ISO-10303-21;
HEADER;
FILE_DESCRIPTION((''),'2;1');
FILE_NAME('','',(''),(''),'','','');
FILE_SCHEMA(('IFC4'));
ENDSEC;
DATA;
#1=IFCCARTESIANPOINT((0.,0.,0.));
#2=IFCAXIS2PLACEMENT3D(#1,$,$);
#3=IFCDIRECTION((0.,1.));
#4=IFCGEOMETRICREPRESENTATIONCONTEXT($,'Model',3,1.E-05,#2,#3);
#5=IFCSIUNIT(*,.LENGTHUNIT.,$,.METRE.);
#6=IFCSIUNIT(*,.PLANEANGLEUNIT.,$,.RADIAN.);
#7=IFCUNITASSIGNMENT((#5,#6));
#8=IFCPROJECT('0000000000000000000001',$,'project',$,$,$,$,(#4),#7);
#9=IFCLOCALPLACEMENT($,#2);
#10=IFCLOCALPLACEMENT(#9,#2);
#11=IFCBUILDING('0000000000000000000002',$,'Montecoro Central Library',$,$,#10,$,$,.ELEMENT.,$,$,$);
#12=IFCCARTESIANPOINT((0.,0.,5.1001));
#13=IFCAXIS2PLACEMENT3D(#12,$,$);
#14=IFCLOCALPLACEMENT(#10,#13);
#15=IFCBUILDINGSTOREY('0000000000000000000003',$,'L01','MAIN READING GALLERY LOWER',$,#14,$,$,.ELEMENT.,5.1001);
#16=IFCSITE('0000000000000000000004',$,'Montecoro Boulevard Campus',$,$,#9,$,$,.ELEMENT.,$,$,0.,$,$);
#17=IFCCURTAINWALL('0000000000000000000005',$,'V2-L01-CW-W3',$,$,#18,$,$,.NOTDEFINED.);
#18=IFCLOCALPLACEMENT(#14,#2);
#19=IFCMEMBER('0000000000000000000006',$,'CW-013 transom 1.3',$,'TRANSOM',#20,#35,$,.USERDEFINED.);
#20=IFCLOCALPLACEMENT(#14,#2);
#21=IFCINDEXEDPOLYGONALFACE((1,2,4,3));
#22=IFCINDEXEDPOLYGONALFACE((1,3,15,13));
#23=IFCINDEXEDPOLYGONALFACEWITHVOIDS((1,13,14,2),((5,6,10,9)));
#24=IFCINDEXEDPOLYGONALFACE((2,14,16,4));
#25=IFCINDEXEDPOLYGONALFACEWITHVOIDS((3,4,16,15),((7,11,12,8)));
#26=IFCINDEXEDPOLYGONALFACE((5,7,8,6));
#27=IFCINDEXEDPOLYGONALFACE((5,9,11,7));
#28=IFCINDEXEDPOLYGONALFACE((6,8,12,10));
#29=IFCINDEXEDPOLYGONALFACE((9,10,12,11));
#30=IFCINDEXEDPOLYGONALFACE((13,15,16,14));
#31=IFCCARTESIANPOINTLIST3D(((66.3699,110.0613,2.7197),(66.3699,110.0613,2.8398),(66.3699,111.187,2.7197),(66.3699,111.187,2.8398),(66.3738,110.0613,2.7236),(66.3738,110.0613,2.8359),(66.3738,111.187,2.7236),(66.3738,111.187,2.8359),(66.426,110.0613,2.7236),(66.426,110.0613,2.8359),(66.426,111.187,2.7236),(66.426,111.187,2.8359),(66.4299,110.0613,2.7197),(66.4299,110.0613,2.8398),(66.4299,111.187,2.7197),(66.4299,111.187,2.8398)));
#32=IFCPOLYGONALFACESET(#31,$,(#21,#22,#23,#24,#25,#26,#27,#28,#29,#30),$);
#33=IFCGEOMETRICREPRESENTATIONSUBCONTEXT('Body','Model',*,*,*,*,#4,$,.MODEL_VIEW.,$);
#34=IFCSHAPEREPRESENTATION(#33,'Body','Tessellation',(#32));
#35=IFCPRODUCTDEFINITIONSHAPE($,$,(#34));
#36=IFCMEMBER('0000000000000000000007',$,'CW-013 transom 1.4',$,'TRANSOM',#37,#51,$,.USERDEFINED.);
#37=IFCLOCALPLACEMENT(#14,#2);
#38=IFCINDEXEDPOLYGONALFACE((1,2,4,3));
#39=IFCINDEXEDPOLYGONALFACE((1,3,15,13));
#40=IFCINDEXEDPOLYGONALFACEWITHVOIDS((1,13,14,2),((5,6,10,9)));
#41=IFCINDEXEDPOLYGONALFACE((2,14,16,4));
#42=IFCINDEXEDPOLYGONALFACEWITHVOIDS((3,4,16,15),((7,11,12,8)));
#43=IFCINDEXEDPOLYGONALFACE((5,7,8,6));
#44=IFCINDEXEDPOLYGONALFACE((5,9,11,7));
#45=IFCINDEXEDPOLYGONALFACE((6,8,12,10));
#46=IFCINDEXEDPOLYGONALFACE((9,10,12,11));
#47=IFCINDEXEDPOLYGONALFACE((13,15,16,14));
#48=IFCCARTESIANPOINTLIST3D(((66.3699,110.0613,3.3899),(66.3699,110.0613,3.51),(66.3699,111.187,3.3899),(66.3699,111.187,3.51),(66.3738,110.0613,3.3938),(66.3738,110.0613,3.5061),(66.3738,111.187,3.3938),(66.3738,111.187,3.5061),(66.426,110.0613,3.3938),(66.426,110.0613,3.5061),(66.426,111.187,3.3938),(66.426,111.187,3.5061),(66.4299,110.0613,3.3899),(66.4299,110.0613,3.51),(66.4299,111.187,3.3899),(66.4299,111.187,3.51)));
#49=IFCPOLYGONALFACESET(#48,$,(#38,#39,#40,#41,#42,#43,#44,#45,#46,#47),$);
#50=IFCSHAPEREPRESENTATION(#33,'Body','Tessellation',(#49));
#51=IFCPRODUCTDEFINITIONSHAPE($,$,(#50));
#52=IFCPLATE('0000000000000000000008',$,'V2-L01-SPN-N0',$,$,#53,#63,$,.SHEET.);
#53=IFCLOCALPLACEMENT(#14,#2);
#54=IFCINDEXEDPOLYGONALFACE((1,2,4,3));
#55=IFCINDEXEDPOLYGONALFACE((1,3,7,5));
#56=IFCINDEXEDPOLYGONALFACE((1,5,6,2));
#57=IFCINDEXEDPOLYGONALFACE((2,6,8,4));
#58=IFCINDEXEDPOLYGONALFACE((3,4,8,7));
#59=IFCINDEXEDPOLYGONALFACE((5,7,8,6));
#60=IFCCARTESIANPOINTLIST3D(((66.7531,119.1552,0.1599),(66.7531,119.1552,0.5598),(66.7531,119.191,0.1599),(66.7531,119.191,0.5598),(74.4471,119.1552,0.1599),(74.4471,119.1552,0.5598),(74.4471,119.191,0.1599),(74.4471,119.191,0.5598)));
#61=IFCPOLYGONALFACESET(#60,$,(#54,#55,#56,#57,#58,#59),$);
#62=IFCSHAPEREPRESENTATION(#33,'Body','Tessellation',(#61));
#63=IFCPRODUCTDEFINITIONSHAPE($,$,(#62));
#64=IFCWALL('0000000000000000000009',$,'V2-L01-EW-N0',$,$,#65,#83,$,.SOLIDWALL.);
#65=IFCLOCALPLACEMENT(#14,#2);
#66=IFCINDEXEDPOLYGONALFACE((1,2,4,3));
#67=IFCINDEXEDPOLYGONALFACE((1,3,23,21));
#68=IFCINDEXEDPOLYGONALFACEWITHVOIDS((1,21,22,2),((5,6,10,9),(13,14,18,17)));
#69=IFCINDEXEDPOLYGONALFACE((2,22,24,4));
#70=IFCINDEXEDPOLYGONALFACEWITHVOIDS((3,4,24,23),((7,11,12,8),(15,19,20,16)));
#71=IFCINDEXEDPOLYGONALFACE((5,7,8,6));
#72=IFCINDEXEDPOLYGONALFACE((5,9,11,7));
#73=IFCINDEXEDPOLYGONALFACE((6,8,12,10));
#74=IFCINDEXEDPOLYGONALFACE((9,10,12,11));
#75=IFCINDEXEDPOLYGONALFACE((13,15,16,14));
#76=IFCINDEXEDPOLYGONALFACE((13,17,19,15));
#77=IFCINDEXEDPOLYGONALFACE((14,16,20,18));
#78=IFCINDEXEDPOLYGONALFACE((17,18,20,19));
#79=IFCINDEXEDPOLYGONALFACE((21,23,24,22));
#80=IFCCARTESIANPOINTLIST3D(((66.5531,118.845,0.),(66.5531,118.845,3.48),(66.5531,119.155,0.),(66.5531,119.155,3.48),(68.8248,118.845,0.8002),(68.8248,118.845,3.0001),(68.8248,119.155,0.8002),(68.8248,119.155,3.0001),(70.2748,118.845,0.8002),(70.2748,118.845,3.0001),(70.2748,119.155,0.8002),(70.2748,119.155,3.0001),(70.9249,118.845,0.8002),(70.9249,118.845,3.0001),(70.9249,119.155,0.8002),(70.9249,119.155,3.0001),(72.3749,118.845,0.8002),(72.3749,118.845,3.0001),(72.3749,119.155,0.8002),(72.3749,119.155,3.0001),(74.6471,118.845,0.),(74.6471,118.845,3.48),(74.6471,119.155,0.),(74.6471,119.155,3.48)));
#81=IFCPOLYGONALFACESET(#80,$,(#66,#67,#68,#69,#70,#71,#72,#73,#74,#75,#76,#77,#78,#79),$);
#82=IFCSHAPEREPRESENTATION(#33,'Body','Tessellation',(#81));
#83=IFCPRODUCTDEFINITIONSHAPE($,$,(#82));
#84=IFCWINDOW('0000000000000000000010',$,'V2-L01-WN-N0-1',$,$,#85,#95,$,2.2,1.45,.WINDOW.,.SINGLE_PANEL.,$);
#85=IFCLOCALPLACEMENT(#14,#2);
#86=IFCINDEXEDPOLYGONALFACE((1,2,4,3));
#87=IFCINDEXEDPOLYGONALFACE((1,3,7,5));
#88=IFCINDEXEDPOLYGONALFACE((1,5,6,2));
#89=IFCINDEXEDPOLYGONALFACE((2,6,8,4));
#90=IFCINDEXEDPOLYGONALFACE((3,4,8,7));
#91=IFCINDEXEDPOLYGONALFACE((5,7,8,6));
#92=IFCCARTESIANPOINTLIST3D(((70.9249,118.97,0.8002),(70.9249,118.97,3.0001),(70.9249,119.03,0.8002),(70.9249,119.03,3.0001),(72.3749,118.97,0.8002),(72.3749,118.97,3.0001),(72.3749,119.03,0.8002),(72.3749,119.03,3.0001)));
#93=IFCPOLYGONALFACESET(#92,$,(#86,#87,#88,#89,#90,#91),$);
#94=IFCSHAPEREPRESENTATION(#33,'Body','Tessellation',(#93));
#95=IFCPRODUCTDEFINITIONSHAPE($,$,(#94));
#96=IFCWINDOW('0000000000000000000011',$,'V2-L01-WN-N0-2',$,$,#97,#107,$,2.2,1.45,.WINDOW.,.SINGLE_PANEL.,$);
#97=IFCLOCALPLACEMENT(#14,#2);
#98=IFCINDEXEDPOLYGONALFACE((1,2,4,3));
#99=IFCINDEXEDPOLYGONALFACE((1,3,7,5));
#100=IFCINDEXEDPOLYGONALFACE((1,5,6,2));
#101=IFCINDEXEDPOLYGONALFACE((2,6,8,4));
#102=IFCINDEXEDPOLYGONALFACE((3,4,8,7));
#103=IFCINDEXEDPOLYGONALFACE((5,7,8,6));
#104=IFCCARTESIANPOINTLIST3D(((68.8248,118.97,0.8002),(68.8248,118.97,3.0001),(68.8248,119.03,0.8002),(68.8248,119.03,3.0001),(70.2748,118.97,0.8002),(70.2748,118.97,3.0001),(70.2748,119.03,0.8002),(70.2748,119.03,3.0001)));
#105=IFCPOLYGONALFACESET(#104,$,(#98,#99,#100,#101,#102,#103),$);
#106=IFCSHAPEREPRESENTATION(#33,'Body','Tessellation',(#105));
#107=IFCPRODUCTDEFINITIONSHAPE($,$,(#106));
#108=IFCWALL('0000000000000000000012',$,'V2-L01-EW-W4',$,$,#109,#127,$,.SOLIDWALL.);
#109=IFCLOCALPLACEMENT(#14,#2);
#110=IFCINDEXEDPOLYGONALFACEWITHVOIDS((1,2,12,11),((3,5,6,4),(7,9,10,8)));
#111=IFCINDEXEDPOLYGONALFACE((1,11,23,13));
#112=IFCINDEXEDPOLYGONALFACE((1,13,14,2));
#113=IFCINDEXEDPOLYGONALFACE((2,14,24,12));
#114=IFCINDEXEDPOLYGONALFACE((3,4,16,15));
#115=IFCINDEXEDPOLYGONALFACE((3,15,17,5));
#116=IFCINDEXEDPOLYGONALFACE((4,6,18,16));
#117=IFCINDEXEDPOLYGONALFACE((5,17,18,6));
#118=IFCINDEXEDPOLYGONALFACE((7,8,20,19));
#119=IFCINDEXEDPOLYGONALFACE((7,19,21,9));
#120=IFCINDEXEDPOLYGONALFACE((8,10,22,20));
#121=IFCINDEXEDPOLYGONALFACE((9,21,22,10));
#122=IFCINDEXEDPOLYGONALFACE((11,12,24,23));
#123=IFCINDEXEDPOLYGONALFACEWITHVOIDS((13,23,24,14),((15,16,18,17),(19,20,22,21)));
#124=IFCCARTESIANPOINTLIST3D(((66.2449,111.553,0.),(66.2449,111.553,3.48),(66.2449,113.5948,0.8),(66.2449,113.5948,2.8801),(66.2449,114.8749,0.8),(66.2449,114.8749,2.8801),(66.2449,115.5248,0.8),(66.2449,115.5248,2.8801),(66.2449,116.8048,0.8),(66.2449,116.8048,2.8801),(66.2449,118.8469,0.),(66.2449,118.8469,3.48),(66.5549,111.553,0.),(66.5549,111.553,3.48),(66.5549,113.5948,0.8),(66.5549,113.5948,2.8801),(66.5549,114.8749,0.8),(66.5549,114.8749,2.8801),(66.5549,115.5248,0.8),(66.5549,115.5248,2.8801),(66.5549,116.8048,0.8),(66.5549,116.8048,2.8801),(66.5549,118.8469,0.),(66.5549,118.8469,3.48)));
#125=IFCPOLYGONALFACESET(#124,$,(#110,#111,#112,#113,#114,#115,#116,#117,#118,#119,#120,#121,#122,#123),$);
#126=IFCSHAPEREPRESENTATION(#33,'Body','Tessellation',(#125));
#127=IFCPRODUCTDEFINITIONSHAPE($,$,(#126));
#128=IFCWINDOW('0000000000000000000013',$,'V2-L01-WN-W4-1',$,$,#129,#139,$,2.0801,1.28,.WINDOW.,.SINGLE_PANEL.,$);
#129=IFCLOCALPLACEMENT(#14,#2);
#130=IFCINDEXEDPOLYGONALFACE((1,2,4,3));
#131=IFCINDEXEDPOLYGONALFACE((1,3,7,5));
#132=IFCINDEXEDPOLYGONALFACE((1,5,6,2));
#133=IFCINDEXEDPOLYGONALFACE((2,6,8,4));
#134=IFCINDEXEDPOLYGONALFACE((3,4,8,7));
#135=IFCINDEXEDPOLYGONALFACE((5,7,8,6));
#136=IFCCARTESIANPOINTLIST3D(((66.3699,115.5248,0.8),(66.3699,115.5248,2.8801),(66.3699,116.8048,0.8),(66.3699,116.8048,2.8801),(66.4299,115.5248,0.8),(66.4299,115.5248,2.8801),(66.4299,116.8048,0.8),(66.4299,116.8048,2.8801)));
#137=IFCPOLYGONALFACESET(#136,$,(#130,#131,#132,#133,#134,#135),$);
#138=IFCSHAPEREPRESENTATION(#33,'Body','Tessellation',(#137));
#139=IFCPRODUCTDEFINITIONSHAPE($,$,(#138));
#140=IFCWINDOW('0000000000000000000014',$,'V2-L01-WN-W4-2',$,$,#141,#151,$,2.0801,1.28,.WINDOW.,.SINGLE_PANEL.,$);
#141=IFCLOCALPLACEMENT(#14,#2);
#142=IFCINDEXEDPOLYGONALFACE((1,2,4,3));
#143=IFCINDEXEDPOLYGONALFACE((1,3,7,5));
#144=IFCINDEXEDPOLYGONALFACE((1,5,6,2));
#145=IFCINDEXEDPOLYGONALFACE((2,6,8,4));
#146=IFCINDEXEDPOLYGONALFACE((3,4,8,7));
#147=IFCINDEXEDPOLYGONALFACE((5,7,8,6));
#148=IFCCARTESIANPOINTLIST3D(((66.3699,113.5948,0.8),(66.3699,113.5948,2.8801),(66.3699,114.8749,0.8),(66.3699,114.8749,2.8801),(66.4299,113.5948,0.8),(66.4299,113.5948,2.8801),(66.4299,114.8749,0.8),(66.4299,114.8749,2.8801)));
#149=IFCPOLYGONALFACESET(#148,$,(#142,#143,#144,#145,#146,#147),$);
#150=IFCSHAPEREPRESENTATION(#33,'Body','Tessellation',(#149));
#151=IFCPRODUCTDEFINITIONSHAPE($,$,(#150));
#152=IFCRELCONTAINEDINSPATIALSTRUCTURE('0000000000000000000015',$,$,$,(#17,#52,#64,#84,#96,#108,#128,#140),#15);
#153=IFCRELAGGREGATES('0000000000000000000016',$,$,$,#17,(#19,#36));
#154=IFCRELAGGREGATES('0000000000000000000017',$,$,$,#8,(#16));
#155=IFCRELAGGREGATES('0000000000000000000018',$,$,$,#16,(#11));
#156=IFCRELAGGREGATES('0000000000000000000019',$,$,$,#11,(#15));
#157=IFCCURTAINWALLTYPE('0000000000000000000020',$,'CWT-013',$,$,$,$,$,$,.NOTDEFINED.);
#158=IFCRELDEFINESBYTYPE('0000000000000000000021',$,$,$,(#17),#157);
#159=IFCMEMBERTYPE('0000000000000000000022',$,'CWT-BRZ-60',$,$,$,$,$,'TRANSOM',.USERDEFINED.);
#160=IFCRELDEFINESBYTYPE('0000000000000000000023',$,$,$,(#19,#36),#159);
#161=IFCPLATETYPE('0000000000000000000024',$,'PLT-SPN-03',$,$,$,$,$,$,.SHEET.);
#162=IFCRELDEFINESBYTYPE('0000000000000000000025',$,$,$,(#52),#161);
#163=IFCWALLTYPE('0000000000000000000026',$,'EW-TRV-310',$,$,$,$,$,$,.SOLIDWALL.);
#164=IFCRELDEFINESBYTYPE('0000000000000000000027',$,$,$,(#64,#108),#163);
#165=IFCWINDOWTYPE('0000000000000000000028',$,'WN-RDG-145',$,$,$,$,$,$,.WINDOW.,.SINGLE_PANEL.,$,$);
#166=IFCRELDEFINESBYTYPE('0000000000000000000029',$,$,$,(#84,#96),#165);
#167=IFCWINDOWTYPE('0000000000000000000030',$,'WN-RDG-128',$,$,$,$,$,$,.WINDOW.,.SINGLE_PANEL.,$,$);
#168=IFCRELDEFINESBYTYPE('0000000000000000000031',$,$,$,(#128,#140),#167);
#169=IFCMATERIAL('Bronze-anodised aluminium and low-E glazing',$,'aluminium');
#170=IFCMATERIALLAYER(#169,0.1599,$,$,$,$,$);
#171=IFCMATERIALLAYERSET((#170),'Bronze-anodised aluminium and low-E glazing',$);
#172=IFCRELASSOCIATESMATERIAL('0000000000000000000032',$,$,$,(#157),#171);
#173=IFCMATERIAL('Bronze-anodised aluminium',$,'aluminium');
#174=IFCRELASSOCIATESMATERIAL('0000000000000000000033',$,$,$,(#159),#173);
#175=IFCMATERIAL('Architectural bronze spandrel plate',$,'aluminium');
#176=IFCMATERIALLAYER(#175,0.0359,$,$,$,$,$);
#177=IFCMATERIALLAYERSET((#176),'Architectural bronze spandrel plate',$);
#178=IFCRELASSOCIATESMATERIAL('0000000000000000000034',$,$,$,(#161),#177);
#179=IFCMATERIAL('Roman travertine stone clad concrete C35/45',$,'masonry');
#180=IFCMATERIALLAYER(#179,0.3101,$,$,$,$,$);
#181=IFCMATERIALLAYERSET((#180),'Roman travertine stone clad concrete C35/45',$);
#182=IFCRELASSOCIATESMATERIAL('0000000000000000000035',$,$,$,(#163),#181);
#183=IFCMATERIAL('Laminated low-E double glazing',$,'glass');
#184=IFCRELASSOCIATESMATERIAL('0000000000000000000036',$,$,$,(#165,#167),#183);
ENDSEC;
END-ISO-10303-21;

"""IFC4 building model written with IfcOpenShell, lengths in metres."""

from ifc_helpers import new_model, si_unit, direction, frame, frame_2d, origin, origin_2d, place, context, subcontext, project, spatial, rectangle, hollow_rectangle, extrude, material, layer, layer_set, material_profile, profile_set, type_object, element, fill, aggregate, save


model = new_model("IFC4")

# Units and contexts
model_context = context("Model", 3, precision=1e-05, world=origin(), true_north=direction((0.0, 1.0)))
body_context = subcontext(model_context, "Body", "Model", "MODEL_VIEW")
ifc_project = project(units=[si_unit("LENGTHUNIT", "METRE"), si_unit("PLANEANGLEUNIT", "RADIAN")], contexts=[model_context])

# Site, building, storey
site_placement = place(None, origin())
site = spatial("IfcSite", under=ifc_project, at=site_placement, Name="Montecoro Boulevard Campus", CompositionType="ELEMENT", RefElevation=0.0)
building_placement = place(site_placement, origin())
building = spatial("IfcBuilding", under=site, at=building_placement, Name="Montecoro Central Library", CompositionType="ELEMENT")
storey_placement = place(building_placement, frame((0.0, 0.0, 5.1001)))
storey = spatial("IfcBuildingStorey", under=building, at=storey_placement, Name="L01", Description="MAIN READING GALLERY LOWER", CompositionType="ELEMENT", Elevation=5.1001)

# Curtain wall, members
ifc_material_1 = material(Name="Bronze-anodised aluminium and low-E glazing", Category="aluminium")
ifc_layer_1 = layer(ifc_material_1, 0.1599)
ifc_layer_set_1 = layer_set([ifc_layer_1], Name="Bronze-anodised aluminium and low-E glazing")
curtain_wall_type = type_object("IfcCurtainWallType", Name="CWT-013", PredefinedType="NOTDEFINED", material=ifc_layer_set_1)
curtain_wall_placement = place(storey_placement, origin())
curtain_wall = element("IfcCurtainWall", 1, at=curtain_wall_placement, inside=storey, type_object=curtain_wall_type, Name="V2-L01-CW-W3", PredefinedType="NOTDEFINED")
ifc_material_2 = material(Name="Bronze-anodised aluminium", Category="aluminium")
ifc_material_profile_1 = material_profile(ifc_material_2, hollow_rectangle(XDim=0.0601, YDim=0.1201, WallThickness=0.0039, at=origin_2d()), Name="CWT 120x60x4.0")
ifc_profile_set_1 = profile_set([ifc_material_profile_1], Name="Bronze-anodised aluminium")
member_type_1 = type_object("IfcMemberType", Name="CWT-BRZ-60", ElementType="TRANSOM", PredefinedType="USERDEFINED", material=ifc_profile_set_1)
member_1_placement = place(storey_placement, frame((66.3999, 111.187, 2.7798), z_axis=(0.0, -1.0, 0.0), x_axis=(1.0, 0.0, 0.0)))
member_1 = element("IfcMember", 2, at=member_1_placement, type_object=member_type_1, Name="CW-013 transom 1.3", ObjectType="TRANSOM", PredefinedType="USERDEFINED", context=body_context, shape_type="SweptSolid", body=[
    extrude(hollow_rectangle(XDim=0.0601, YDim=0.1201, WallThickness=0.0039, at=origin_2d()), origin(), (0.0, 0.0, 1.0), 1.1257),
])
member_2_placement = place(storey_placement, frame((66.3999, 111.187, 3.45), z_axis=(0.0, -1.0, 0.0), x_axis=(1.0, 0.0, 0.0)))
member_2 = element("IfcMember", 3, at=member_2_placement, type_object=member_type_1, Name="CW-013 transom 1.4", ObjectType="TRANSOM", PredefinedType="USERDEFINED", context=body_context, shape_type="SweptSolid", body=[
    extrude(hollow_rectangle(XDim=0.0601, YDim=0.1201, WallThickness=0.0039, at=origin_2d()), origin(), (0.0, 0.0, 1.0), 1.1257),
])
aggregate(curtain_wall, [member_1, member_2])

# Plate
ifc_material_3 = material(Name="Architectural bronze spandrel plate", Category="aluminium")
ifc_layer_2 = layer(ifc_material_3, 0.0359)
ifc_layer_set_2 = layer_set([ifc_layer_2], Name="Architectural bronze spandrel plate")
plate_type = type_object("IfcPlateType", Name="PLT-SPN-03", PredefinedType="SHEET", material=ifc_layer_set_2)
plate_placement = place(storey_placement, frame((70.6001, 119.1731, 0.1599), z_axis=(0.0, 0.0, 1.0), x_axis=(-1.0, 0.0, 0.0)))
element("IfcPlate", 4, at=plate_placement, inside=storey, type_object=plate_type, Name="V2-L01-SPN-N0", PredefinedType="SHEET", context=body_context, shape_type="SweptSolid", body=[
    extrude(rectangle(XDim=7.6941, YDim=0.0359, at=origin_2d()), origin(), (0.0, 0.0, 1.0), 0.3999),
])

# Walls, openings, windows
ifc_material_4 = material(Name="Roman travertine stone clad concrete C35/45", Category="masonry")
ifc_layer_3 = layer(ifc_material_4, 0.3101)
ifc_layer_set_3 = layer_set([ifc_layer_3], Name="Roman travertine stone clad concrete C35/45")
wall_type_1 = type_object("IfcWallType", Name="EW-TRV-310", PredefinedType="SOLIDWALL", material=ifc_layer_set_3)
wall_1_placement = place(storey_placement, frame((74.647, 119.0, 0.0), z_axis=(0.0, 0.0, 1.0), x_axis=(-1.0, 0.0, 0.0)))
wall_1 = element("IfcWall", 5, at=wall_1_placement, inside=storey, type_object=wall_type_1, Name="V2-L01-EW-N0", PredefinedType="SOLIDWALL", context=body_context, shape_type="SweptSolid", body=[
    extrude(rectangle(XDim=8.094, YDim=0.3101, at=frame_2d((4.0469, 0.0))), origin(), (0.0, 0.0, 1.0), 3.48),
])
opening_1_placement = place(wall_1_placement, frame((2.272, 0.0, 0.8)))
opening_1 = element("IfcOpeningElement", 6, at=opening_1_placement, cuts=wall_1, PredefinedType="OPENING", context=body_context, shape_type="SweptSolid", body=[
    extrude(rectangle(XDim=1.45, YDim=2.2, at=frame_2d((0.7251, 1.1001))), frame((0.0, 0.165, 0.0), z_axis=(0.0, -1.0, 0.0), x_axis=(1.0, 0.0, 0.0)), (0.0, 0.0, 1.0), 0.3301),
])
opening_2_placement = place(wall_1_placement, frame((4.3721, 0.0, 0.8)))
opening_2 = element("IfcOpeningElement", 7, at=opening_2_placement, cuts=wall_1, PredefinedType="OPENING", context=body_context, shape_type="SweptSolid", body=[
    extrude(rectangle(XDim=1.45, YDim=2.2, at=frame_2d((0.7251, 1.1001))), frame((0.0, 0.165, 0.0), z_axis=(0.0, -1.0, 0.0), x_axis=(1.0, 0.0, 0.0)), (0.0, 0.0, 1.0), 0.3301),
])
ifc_material_5 = material(Name="Laminated low-E double glazing", Category="glass")
window_type_1 = type_object("IfcWindowType", Name="WN-RDG-145", PartitioningType="SINGLE_PANEL", PredefinedType="WINDOW", material=ifc_material_5)
window_1_placement = place(opening_1_placement, origin())
window_1 = element("IfcWindow", 8, at=window_1_placement, inside=storey, type_object=window_type_1, Name="V2-L01-WN-N0-1", OverallHeight=2.2, OverallWidth=1.45, PartitioningType="SINGLE_PANEL", PredefinedType="WINDOW", context=body_context, shape_type="SweptSolid", body=[
    extrude(rectangle(XDim=1.45, YDim=2.2, at=frame_2d((0.7251, 1.1001))), frame((0.0, 0.03, 0.0), z_axis=(0.0, -1.0, 0.0), x_axis=(1.0, 0.0, 0.0)), (0.0, 0.0, 1.0), 0.0601),
])
fill(opening_1, window_1)
window_2_placement = place(opening_2_placement, origin())
window_2 = element("IfcWindow", 9, at=window_2_placement, inside=storey, type_object=window_type_1, Name="V2-L01-WN-N0-2", OverallHeight=2.2, OverallWidth=1.45, PartitioningType="SINGLE_PANEL", PredefinedType="WINDOW", context=body_context, shape_type="SweptSolid", body=[
    extrude(rectangle(XDim=1.45, YDim=2.2, at=frame_2d((0.7251, 1.1001))), frame((0.0, 0.03, 0.0), z_axis=(0.0, -1.0, 0.0), x_axis=(1.0, 0.0, 0.0)), (0.0, 0.0, 1.0), 0.0601),
])
fill(opening_2, window_2)
wall_2_placement = place(storey_placement, frame((66.3999, 118.8469, 0.0), z_axis=(0.0, 0.0, 1.0), x_axis=(0.0, -1.0, 0.0)))
wall_2 = element("IfcWall", 10, at=wall_2_placement, inside=storey, type_object=wall_type_1, Name="V2-L01-EW-W4", PredefinedType="SOLIDWALL", context=body_context, shape_type="SweptSolid", body=[
    extrude(rectangle(XDim=7.2939, YDim=0.3101, at=frame_2d((3.647, 0.0))), origin(), (0.0, 0.0, 1.0), 3.48),
])
opening_3_placement = place(wall_2_placement, frame((2.042, 0.0, 0.8)))
opening_3 = element("IfcOpeningElement", 11, at=opening_3_placement, cuts=wall_2, PredefinedType="OPENING", context=body_context, shape_type="SweptSolid", body=[
    extrude(rectangle(XDim=1.28, YDim=2.0801, at=frame_2d((0.6401, 1.04))), frame((0.0, 0.165, 0.0), z_axis=(0.0, -1.0, 0.0), x_axis=(1.0, 0.0, 0.0)), (0.0, 0.0, 1.0), 0.3301),
])
opening_4_placement = place(wall_2_placement, frame((3.9719, 0.0, 0.8)))
opening_4 = element("IfcOpeningElement", 12, at=opening_4_placement, cuts=wall_2, PredefinedType="OPENING", context=body_context, shape_type="SweptSolid", body=[
    extrude(rectangle(XDim=1.28, YDim=2.0801, at=frame_2d((0.6401, 1.04))), frame((0.0, 0.165, 0.0), z_axis=(0.0, -1.0, 0.0), x_axis=(1.0, 0.0, 0.0)), (0.0, 0.0, 1.0), 0.3301),
])
window_type_2 = type_object("IfcWindowType", Name="WN-RDG-128", PartitioningType="SINGLE_PANEL", PredefinedType="WINDOW", material=ifc_material_5)
window_3_placement = place(opening_3_placement, origin())
window_3 = element("IfcWindow", 13, at=window_3_placement, inside=storey, type_object=window_type_2, Name="V2-L01-WN-W4-1", OverallHeight=2.0801, OverallWidth=1.28, PartitioningType="SINGLE_PANEL", PredefinedType="WINDOW", context=body_context, shape_type="SweptSolid", body=[
    extrude(rectangle(XDim=1.28, YDim=2.0801, at=frame_2d((0.6401, 1.04))), frame((0.0, 0.03, 0.0), z_axis=(0.0, -1.0, 0.0), x_axis=(1.0, 0.0, 0.0)), (0.0, 0.0, 1.0), 0.0601),
])
fill(opening_3, window_3)
window_4_placement = place(opening_4_placement, origin())
window_4 = element("IfcWindow", 14, at=window_4_placement, inside=storey, type_object=window_type_2, Name="V2-L01-WN-W4-2", OverallHeight=2.0801, OverallWidth=1.28, PartitioningType="SINGLE_PANEL", PredefinedType="WINDOW", context=body_context, shape_type="SweptSolid", body=[
    extrude(rectangle(XDim=1.28, YDim=2.0801, at=frame_2d((0.6401, 1.04))), frame((0.0, 0.03, 0.0), z_axis=(0.0, -1.0, 0.0), x_axis=(1.0, 0.0, 0.0)), (0.0, 0.0, 1.0), 0.0601),
])
fill(opening_4, window_4)

save(model, "model.ifc")
